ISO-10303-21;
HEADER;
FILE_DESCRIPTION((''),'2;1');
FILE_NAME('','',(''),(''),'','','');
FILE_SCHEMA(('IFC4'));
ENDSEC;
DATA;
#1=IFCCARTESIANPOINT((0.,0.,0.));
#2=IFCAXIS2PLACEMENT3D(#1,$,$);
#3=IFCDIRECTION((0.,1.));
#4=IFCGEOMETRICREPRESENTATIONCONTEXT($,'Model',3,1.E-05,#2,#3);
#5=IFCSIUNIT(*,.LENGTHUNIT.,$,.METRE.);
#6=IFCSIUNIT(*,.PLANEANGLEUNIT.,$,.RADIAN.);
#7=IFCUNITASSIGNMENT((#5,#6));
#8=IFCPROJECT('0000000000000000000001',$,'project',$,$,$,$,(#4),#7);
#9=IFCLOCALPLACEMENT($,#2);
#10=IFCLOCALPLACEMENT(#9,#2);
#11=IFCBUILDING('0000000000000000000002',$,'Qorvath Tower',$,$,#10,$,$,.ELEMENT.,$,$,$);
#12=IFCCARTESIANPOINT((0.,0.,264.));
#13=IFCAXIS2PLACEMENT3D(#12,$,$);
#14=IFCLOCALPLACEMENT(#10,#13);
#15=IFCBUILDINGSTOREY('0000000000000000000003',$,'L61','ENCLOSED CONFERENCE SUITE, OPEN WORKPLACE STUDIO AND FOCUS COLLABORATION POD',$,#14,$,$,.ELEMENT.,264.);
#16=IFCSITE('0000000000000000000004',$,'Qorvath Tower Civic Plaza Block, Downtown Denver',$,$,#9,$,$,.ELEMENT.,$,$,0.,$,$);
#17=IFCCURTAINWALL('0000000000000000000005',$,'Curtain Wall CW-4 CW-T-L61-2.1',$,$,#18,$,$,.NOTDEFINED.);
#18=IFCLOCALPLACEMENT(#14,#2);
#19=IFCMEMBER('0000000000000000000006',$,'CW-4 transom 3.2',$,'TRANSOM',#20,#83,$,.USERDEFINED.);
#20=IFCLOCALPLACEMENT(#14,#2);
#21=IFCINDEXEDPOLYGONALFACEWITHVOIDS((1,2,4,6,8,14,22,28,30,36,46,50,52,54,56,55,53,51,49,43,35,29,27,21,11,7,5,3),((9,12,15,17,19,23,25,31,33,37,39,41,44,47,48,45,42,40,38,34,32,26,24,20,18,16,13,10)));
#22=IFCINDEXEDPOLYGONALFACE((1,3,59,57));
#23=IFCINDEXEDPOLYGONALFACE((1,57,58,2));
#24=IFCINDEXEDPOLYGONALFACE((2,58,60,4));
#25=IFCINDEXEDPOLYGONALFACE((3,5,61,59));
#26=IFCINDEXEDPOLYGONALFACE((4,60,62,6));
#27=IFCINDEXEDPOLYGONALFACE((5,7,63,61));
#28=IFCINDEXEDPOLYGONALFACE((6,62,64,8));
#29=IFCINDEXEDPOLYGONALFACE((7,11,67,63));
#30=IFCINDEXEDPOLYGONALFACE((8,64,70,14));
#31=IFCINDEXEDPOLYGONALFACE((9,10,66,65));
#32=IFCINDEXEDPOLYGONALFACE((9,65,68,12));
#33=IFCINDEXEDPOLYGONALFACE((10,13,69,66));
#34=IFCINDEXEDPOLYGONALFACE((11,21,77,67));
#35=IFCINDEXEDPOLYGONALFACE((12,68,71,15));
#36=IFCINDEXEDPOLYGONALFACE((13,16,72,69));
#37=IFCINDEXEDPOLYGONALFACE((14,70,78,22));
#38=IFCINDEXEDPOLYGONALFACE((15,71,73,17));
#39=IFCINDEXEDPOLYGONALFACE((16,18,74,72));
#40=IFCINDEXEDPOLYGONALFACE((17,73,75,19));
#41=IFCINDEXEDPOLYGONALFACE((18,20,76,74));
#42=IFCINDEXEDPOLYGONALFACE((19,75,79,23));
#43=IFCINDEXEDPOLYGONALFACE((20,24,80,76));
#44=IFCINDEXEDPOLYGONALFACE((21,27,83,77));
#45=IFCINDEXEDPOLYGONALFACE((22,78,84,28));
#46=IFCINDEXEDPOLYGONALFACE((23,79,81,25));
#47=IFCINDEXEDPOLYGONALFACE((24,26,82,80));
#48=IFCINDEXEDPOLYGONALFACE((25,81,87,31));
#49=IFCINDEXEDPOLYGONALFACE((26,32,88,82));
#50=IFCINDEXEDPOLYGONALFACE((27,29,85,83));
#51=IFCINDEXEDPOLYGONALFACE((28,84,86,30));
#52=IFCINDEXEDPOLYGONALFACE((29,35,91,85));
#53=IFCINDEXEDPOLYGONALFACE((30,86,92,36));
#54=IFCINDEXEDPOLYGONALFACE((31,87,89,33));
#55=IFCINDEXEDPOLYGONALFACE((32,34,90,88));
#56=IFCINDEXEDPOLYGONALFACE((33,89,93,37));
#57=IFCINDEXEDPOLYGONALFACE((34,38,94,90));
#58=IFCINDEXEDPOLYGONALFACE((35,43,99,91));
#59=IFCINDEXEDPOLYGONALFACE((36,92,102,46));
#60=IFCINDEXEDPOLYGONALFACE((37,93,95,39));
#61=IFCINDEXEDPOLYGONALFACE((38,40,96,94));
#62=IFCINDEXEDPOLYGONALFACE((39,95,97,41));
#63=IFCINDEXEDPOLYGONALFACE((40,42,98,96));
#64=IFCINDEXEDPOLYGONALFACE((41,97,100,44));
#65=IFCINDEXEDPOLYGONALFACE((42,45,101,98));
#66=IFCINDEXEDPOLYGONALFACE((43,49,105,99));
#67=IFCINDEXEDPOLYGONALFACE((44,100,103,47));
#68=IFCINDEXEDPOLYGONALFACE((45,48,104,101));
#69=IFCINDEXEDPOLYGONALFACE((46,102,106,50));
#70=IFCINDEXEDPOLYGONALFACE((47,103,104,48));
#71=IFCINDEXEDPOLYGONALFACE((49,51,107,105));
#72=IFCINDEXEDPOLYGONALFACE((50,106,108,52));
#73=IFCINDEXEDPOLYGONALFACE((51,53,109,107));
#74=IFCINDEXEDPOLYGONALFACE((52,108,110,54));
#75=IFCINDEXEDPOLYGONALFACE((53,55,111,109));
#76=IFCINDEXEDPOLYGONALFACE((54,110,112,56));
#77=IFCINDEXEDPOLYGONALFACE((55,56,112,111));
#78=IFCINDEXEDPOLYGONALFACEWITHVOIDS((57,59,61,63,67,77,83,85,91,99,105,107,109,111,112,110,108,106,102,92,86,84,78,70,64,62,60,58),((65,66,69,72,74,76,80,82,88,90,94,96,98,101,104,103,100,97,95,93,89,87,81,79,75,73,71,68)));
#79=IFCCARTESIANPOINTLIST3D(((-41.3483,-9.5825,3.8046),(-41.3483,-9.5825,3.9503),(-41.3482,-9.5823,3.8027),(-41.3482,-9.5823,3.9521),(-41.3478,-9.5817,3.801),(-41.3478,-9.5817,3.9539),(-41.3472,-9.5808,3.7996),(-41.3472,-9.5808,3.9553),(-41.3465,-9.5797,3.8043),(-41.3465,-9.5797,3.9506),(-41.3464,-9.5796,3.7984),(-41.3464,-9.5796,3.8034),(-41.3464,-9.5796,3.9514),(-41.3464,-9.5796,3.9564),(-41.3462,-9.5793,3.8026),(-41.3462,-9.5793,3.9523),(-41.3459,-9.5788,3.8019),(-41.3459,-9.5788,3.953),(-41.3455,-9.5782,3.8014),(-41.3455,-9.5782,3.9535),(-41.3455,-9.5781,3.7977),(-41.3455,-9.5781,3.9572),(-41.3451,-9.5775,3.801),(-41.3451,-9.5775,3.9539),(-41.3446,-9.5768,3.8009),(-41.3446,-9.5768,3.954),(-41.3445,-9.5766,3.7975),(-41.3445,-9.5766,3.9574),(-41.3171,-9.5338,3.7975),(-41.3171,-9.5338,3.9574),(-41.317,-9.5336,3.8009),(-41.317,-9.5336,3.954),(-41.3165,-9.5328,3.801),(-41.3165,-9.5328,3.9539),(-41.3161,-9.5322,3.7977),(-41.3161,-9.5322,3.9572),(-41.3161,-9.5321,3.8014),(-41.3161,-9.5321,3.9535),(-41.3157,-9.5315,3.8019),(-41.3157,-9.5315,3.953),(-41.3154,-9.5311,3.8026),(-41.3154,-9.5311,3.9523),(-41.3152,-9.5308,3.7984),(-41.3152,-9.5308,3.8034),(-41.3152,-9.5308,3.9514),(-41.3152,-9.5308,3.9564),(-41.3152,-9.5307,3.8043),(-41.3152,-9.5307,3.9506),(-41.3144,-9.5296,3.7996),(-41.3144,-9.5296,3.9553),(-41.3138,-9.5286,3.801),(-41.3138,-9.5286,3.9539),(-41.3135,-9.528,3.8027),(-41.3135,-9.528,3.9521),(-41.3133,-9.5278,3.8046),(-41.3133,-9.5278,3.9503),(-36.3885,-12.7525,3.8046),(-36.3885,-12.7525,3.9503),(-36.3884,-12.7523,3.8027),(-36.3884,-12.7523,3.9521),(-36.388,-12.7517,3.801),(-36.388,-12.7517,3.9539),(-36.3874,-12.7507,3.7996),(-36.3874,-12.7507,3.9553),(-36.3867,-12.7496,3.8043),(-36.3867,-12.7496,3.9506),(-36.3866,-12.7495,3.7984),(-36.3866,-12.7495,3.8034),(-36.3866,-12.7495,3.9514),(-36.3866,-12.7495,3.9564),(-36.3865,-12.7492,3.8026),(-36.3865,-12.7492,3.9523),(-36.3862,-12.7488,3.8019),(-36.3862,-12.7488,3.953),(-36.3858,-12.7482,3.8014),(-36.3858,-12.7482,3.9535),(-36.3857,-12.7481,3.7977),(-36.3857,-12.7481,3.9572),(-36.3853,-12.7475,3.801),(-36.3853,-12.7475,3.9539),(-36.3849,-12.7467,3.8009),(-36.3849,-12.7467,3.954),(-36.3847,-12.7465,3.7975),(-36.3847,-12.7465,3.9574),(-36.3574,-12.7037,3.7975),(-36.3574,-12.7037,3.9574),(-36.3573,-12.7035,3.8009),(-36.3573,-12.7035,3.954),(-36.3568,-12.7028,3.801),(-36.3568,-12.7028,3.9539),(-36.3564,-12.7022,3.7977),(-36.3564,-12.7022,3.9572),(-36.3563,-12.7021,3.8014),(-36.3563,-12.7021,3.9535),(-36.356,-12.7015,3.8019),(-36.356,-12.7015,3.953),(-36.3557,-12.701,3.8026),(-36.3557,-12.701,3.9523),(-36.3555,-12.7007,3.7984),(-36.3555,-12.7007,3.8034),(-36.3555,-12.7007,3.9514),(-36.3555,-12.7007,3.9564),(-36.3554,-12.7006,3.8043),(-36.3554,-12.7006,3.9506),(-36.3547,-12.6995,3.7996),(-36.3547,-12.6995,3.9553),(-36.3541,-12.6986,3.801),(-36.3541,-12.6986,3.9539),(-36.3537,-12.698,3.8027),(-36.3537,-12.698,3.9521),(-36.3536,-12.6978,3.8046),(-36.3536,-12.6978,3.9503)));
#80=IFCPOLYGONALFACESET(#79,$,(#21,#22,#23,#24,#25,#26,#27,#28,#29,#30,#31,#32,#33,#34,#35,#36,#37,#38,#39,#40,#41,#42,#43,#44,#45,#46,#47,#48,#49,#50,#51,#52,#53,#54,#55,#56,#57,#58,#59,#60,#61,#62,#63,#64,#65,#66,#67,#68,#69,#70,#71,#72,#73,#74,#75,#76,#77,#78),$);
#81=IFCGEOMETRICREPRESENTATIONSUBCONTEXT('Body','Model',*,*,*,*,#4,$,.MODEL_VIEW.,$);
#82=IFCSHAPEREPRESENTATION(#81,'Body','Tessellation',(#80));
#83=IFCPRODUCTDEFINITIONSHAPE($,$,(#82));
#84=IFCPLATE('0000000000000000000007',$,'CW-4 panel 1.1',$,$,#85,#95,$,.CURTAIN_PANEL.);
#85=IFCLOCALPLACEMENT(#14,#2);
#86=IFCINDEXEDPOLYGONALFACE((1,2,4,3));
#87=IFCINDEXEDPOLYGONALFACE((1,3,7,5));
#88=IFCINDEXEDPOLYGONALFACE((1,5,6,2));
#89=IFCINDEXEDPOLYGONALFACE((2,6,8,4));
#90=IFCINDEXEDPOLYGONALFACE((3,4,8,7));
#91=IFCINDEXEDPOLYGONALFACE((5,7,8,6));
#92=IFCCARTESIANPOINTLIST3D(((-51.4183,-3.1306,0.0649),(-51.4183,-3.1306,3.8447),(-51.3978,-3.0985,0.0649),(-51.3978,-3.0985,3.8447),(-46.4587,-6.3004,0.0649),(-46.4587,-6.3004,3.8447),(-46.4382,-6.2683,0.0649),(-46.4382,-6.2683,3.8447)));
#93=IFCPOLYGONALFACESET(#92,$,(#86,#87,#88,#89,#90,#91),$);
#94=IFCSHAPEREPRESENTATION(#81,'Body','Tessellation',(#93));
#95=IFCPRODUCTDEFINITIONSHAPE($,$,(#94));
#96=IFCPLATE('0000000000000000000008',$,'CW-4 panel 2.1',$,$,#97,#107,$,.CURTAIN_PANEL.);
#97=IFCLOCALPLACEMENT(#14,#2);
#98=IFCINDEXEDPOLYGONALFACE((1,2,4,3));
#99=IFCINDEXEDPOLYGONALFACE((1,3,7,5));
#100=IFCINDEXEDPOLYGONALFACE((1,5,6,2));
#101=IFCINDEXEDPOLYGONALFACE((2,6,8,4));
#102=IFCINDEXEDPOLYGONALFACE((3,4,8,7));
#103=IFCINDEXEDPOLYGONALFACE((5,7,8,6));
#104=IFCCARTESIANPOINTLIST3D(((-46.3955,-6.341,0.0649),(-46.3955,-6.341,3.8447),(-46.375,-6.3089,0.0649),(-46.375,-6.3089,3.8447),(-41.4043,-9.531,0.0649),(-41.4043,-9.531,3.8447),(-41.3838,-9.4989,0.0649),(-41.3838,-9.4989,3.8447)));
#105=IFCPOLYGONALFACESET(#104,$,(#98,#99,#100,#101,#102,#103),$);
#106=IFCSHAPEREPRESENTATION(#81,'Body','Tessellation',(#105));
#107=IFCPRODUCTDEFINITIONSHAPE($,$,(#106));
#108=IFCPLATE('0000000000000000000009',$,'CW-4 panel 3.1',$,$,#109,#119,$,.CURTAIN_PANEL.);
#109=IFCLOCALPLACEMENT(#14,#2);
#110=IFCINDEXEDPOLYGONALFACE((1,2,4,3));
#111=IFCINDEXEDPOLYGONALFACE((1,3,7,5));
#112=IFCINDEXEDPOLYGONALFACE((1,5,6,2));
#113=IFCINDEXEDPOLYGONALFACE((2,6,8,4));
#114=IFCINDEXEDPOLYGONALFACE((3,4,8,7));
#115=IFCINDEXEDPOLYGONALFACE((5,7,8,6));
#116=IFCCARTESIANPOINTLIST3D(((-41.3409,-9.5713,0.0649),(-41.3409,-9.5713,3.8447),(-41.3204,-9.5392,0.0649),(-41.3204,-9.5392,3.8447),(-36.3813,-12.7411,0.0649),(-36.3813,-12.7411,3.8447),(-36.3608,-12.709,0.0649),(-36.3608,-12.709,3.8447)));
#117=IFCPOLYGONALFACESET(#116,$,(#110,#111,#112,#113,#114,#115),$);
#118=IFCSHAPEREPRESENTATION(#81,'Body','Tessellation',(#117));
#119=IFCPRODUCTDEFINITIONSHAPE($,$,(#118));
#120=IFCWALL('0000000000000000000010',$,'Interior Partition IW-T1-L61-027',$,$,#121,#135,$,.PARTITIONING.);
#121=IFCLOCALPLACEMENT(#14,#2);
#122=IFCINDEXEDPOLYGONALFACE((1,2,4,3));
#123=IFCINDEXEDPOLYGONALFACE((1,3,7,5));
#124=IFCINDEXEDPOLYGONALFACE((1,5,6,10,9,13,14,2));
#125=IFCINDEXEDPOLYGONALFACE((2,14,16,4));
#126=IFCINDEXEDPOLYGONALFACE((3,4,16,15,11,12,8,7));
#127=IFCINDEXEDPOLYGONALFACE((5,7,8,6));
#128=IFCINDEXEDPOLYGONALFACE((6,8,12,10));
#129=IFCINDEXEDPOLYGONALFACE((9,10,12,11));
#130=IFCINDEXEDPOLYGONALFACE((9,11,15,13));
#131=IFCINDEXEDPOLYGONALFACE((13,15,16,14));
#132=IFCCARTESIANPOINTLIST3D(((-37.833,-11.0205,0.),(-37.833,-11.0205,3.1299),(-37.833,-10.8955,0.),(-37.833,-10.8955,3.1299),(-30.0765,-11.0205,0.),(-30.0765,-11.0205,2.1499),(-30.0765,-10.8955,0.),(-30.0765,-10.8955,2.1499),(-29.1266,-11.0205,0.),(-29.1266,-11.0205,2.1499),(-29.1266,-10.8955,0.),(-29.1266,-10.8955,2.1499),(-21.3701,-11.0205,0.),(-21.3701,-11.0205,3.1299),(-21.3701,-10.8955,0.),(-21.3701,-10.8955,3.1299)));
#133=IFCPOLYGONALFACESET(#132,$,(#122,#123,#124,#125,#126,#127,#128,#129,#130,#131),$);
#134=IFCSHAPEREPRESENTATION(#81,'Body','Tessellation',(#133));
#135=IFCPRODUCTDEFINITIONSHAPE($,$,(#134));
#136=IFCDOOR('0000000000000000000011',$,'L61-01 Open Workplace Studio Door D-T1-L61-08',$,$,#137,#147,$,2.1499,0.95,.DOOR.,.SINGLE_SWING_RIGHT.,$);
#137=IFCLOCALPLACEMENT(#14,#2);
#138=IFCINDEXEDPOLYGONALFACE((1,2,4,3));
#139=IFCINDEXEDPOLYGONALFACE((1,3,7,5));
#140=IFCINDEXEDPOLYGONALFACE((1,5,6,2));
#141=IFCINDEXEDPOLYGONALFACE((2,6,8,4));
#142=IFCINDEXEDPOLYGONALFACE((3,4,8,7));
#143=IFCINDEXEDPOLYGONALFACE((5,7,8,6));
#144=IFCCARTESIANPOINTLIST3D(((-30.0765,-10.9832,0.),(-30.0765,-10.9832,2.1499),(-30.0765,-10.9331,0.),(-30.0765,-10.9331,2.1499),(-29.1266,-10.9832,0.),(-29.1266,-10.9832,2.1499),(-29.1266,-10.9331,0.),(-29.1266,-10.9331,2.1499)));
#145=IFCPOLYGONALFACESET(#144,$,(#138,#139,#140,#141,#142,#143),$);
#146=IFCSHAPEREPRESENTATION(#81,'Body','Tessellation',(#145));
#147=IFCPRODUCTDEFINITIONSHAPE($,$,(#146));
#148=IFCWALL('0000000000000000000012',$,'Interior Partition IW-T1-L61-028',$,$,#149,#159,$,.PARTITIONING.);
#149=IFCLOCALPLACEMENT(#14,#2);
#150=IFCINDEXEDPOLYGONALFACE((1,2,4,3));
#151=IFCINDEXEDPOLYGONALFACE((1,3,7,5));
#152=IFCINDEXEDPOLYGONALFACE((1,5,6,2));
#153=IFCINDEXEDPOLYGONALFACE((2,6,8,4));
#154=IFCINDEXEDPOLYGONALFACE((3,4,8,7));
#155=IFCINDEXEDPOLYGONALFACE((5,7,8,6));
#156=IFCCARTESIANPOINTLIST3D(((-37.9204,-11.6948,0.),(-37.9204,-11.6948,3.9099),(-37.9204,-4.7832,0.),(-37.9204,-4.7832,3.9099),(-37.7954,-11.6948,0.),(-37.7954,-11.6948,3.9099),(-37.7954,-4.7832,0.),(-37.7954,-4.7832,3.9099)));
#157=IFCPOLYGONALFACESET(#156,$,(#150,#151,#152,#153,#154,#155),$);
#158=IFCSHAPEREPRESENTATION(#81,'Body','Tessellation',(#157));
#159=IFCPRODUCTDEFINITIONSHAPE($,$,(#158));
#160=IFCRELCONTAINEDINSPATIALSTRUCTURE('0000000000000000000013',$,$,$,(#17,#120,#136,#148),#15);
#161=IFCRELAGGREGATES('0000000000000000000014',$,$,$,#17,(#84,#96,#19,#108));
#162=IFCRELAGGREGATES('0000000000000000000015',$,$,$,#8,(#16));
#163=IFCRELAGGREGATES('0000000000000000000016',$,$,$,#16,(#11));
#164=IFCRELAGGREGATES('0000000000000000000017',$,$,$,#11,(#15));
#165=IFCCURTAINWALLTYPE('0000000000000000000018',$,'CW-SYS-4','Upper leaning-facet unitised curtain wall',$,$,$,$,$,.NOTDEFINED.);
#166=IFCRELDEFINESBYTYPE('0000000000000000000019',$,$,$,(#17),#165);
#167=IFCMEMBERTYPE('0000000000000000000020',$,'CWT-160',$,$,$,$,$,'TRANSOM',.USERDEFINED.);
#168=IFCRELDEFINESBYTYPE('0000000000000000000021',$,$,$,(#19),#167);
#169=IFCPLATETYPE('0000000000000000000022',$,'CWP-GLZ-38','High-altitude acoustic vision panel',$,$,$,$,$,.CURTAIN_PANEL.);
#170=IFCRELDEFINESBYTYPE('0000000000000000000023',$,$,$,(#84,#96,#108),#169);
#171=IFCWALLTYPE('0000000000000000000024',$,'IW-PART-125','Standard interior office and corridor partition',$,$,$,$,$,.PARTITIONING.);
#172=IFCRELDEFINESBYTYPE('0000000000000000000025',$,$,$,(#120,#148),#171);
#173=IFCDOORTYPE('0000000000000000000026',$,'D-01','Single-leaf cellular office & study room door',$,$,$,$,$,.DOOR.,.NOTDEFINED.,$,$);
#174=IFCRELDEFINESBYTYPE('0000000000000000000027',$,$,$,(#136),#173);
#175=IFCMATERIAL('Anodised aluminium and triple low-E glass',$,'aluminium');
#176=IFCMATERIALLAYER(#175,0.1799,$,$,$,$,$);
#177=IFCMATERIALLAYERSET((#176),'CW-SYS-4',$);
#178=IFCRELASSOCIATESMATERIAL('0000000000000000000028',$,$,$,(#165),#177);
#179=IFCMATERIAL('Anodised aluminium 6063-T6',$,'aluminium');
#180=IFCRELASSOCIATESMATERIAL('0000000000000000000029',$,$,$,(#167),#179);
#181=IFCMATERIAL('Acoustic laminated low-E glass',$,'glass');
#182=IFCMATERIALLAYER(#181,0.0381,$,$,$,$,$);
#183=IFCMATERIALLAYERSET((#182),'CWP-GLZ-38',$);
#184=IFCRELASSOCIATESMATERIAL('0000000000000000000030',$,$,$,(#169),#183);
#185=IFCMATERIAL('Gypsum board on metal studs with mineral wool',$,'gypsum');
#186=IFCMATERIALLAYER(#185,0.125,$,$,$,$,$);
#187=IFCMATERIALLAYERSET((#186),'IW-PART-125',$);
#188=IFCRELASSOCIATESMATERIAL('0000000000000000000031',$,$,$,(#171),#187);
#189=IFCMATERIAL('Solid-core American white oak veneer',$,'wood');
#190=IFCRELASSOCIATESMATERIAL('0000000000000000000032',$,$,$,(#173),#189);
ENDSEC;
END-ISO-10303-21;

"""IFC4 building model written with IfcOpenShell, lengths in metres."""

from ifc_helpers import new_model, si_unit, direction, frame, frame_2d, origin, origin_2d, place, context, subcontext, project, spatial, rectangle, hollow_rectangle, extrude, material, layer, layer_set, material_profile, profile_set, type_object, element, fill, aggregate, save


model = new_model("IFC4")

# Units and contexts
model_context = context("Model", 3, precision=1e-05, world=origin(), true_north=direction((0.0, 1.0)))
body_context = subcontext(model_context, "Body", "Model", "MODEL_VIEW")
ifc_project = project(units=[si_unit("LENGTHUNIT", "METRE"), si_unit("PLANEANGLEUNIT", "RADIAN")], contexts=[model_context])

# Site, building, storey
site_placement = place(None, origin())
site = spatial("IfcSite", under=ifc_project, at=site_placement, Name="Qorvath Tower Civic Plaza Block, Downtown Denver", CompositionType="ELEMENT", RefElevation=0.0)
building_placement = place(site_placement, origin())
building = spatial("IfcBuilding", under=site, at=building_placement, Name="Qorvath Tower", CompositionType="ELEMENT")
storey_placement = place(building_placement, frame((0.0, 0.0, 264.0)))
storey = spatial("IfcBuildingStorey", under=building, at=storey_placement, Name="L61", Description="ENCLOSED CONFERENCE SUITE, OPEN WORKPLACE STUDIO AND FOCUS COLLABORATION POD", CompositionType="ELEMENT", Elevation=264.0)

# Curtain wall, member, plates
ifc_material_1 = material(Name="Anodised aluminium and triple low-E glass", Category="aluminium")
ifc_layer_1 = layer(ifc_material_1, 0.1799)
ifc_layer_set_1 = layer_set([ifc_layer_1], Name="CW-SYS-4")
curtain_wall_type = type_object("IfcCurtainWallType", Name="CW-SYS-4", Description="Upper leaning-facet unitised curtain wall", PredefinedType="NOTDEFINED", material=ifc_layer_set_1)
curtain_wall_placement = place(storey_placement, origin())
curtain_wall = element("IfcCurtainWall", 1, at=curtain_wall_placement, inside=storey, type_object=curtain_wall_type, Name="Curtain Wall CW-4 CW-T-L61-2.1", PredefinedType="NOTDEFINED")
ifc_material_2 = material(Name="Anodised aluminium 6063-T6", Category="aluminium")
ifc_material_profile_1 = material_profile(ifc_material_2, hollow_rectangle(XDim=0.0649, YDim=0.1599, WallThickness=0.0034, InnerFilletRadius=0.0034, OuterFilletRadius=0.0071, at=origin_2d()), Name="CWT 160x65")
ifc_profile_set_1 = profile_set([ifc_material_profile_1], Name="Anodised aluminium 6063-T6")
member_type_1 = type_object("IfcMemberType", Name="CWT-160", ElementType="TRANSOM", PredefinedType="USERDEFINED", material=ifc_profile_set_1)
member_1_placement = place(storey_placement, frame((-41.3308, -9.5552, 3.8774), z_axis=(0.842603, -0.538536, 0.0), x_axis=(0.538536, 0.842603, 0.0)))
member_1 = element("IfcMember", 2, at=member_1_placement, type_object=member_type_1, Name="CW-4 transom 3.2", ObjectType="TRANSOM", PredefinedType="USERDEFINED", context=body_context, shape_type="SweptSolid", body=[
    extrude(hollow_rectangle(XDim=0.0649, YDim=0.1599, WallThickness=0.0034, InnerFilletRadius=0.0034, OuterFilletRadius=0.0071, at=origin_2d()), origin(), (0.0, 0.0, 1.0), 5.8862),
])
ifc_material_3 = material(Name="Acoustic laminated low-E glass", Category="glass")
ifc_layer_2 = layer(ifc_material_3, 0.0381)
ifc_layer_set_2 = layer_set([ifc_layer_2], Name="CWP-GLZ-38")
plate_type = type_object("IfcPlateType", Name="CWP-GLZ-38", Description="High-altitude acoustic vision panel", PredefinedType="CURTAIN_PANEL", material=ifc_layer_set_2)
plate_1_placement = place(storey_placement, frame((-48.9282, -4.6995, 0.0649), z_axis=(0.0, 0.0, 1.0), x_axis=(0.842607, -0.538529, 0.0)))
plate_1 = element("IfcPlate", 3, at=plate_1_placement, type_object=plate_type, Name="CW-4 panel 1.1", PredefinedType="CURTAIN_PANEL", context=body_context, shape_type="SweptSolid", body=[
    extrude(rectangle(XDim=5.886, YDim=0.0381, at=origin_2d()), origin(), (0.0, 0.0, 1.0), 3.7798),
])
plate_2_placement = place(storey_placement, frame((-43.8896, -7.9199, 0.0649), z_axis=(0.0, 0.0, 1.0), x_axis=(0.842607, -0.538529, 0.0)))
plate_2 = element("IfcPlate", 4, at=plate_2_placement, type_object=plate_type, Name="CW-4 panel 2.1", PredefinedType="CURTAIN_PANEL", context=body_context, shape_type="SweptSolid", body=[
    extrude(rectangle(XDim=5.9236, YDim=0.0381, at=origin_2d()), origin(), (0.0, 0.0, 1.0), 3.7798),
])
plate_3_placement = place(storey_placement, frame((-38.8508, -11.1401, 0.0649), z_axis=(0.0, 0.0, 1.0), x_axis=(0.842607, -0.538529, 0.0)))
plate_3 = element("IfcPlate", 5, at=plate_3_placement, type_object=plate_type, Name="CW-4 panel 3.1", PredefinedType="CURTAIN_PANEL", context=body_context, shape_type="SweptSolid", body=[
    extrude(rectangle(XDim=5.886, YDim=0.0381, at=origin_2d()), origin(), (0.0, 0.0, 1.0), 3.7798),
])
aggregate(curtain_wall, [plate_1, plate_2, member_1, plate_3])

# Wall, opening, door
ifc_material_4 = material(Name="Gypsum board on metal studs with mineral wool", Category="gypsum")
ifc_layer_3 = layer(ifc_material_4, 0.125)
ifc_layer_set_3 = layer_set([ifc_layer_3], Name="IW-PART-125")
wall_type_1 = type_object("IfcWallType", Name="IW-PART-125", Description="Standard interior office and corridor partition", PredefinedType="PARTITIONING", material=ifc_layer_set_3)
wall_1_placement = place(storey_placement, frame((-37.833, -10.958, 0.0), z_axis=(0.0, 0.0, 1.0), x_axis=(1.0, 0.0, 0.0)))
wall_1 = element("IfcWall", 6, at=wall_1_placement, inside=storey, type_object=wall_type_1, Name="Interior Partition IW-T1-L61-027", PredefinedType="PARTITIONING", context=body_context, shape_type="SweptSolid", body=[
    extrude(rectangle(XDim=16.4629, YDim=0.125, at=frame_2d((8.2314, 0.0))), origin(), (0.0, 0.0, 1.0), 3.1299),
])
opening_1_placement = place(wall_1_placement, frame((7.7563, 0.0, 0.0)))
opening_1 = element("IfcOpeningElement", 7, at=opening_1_placement, cuts=wall_1, PredefinedType="OPENING", context=body_context, shape_type="SweptSolid", body=[
    extrude(rectangle(XDim=0.95, YDim=2.1499, at=frame_2d((0.4751, 1.075))), frame((0.0, 0.0725, 0.0), z_axis=(0.0, -1.0, 0.0), x_axis=(1.0, 0.0, 0.0)), (0.0, 0.0, 1.0), 0.145),
])
ifc_material_5 = material(Name="Solid-core American white oak veneer", Category="wood")
door_type_1 = type_object("IfcDoorType", Name="D-01", Description="Single-leaf cellular office & study room door", OperationType="NOTDEFINED", PredefinedType="DOOR", material=ifc_material_5)
door_1_placement = place(opening_1_placement, origin())
door_1 = element("IfcDoor", 8, at=door_1_placement, inside=storey, type_object=door_type_1, Name="L61-01 Open Workplace Studio Door D-T1-L61-08", OperationType="SINGLE_SWING_RIGHT", OverallHeight=2.1499, OverallWidth=0.95, PredefinedType="DOOR", context=body_context, shape_type="SweptSolid", body=[
    extrude(rectangle(XDim=0.95, YDim=2.1499, at=frame_2d((0.4751, 1.075))), frame((0.0, 0.0249, 0.0), z_axis=(0.0, -1.0, 0.0), x_axis=(1.0, 0.0, 0.0)), (0.0, 0.0, 1.0), 0.05),
])
fill(opening_1, door_1)

# Wall
wall_2_placement = place(storey_placement, frame((-37.8579, -4.7832, 0.0), z_axis=(0.0, 0.0, 1.0), x_axis=(0.0, -1.0, 0.0)))
element("IfcWall", 9, at=wall_2_placement, inside=storey, type_object=wall_type_1, Name="Interior Partition IW-T1-L61-028", PredefinedType="PARTITIONING", context=body_context, shape_type="SweptSolid", body=[
    extrude(rectangle(XDim=6.9116, YDim=0.125, at=frame_2d((3.4558, 0.0))), origin(), (0.0, 0.0, 1.0), 3.9099),
])

save(model, "model.ifc")
